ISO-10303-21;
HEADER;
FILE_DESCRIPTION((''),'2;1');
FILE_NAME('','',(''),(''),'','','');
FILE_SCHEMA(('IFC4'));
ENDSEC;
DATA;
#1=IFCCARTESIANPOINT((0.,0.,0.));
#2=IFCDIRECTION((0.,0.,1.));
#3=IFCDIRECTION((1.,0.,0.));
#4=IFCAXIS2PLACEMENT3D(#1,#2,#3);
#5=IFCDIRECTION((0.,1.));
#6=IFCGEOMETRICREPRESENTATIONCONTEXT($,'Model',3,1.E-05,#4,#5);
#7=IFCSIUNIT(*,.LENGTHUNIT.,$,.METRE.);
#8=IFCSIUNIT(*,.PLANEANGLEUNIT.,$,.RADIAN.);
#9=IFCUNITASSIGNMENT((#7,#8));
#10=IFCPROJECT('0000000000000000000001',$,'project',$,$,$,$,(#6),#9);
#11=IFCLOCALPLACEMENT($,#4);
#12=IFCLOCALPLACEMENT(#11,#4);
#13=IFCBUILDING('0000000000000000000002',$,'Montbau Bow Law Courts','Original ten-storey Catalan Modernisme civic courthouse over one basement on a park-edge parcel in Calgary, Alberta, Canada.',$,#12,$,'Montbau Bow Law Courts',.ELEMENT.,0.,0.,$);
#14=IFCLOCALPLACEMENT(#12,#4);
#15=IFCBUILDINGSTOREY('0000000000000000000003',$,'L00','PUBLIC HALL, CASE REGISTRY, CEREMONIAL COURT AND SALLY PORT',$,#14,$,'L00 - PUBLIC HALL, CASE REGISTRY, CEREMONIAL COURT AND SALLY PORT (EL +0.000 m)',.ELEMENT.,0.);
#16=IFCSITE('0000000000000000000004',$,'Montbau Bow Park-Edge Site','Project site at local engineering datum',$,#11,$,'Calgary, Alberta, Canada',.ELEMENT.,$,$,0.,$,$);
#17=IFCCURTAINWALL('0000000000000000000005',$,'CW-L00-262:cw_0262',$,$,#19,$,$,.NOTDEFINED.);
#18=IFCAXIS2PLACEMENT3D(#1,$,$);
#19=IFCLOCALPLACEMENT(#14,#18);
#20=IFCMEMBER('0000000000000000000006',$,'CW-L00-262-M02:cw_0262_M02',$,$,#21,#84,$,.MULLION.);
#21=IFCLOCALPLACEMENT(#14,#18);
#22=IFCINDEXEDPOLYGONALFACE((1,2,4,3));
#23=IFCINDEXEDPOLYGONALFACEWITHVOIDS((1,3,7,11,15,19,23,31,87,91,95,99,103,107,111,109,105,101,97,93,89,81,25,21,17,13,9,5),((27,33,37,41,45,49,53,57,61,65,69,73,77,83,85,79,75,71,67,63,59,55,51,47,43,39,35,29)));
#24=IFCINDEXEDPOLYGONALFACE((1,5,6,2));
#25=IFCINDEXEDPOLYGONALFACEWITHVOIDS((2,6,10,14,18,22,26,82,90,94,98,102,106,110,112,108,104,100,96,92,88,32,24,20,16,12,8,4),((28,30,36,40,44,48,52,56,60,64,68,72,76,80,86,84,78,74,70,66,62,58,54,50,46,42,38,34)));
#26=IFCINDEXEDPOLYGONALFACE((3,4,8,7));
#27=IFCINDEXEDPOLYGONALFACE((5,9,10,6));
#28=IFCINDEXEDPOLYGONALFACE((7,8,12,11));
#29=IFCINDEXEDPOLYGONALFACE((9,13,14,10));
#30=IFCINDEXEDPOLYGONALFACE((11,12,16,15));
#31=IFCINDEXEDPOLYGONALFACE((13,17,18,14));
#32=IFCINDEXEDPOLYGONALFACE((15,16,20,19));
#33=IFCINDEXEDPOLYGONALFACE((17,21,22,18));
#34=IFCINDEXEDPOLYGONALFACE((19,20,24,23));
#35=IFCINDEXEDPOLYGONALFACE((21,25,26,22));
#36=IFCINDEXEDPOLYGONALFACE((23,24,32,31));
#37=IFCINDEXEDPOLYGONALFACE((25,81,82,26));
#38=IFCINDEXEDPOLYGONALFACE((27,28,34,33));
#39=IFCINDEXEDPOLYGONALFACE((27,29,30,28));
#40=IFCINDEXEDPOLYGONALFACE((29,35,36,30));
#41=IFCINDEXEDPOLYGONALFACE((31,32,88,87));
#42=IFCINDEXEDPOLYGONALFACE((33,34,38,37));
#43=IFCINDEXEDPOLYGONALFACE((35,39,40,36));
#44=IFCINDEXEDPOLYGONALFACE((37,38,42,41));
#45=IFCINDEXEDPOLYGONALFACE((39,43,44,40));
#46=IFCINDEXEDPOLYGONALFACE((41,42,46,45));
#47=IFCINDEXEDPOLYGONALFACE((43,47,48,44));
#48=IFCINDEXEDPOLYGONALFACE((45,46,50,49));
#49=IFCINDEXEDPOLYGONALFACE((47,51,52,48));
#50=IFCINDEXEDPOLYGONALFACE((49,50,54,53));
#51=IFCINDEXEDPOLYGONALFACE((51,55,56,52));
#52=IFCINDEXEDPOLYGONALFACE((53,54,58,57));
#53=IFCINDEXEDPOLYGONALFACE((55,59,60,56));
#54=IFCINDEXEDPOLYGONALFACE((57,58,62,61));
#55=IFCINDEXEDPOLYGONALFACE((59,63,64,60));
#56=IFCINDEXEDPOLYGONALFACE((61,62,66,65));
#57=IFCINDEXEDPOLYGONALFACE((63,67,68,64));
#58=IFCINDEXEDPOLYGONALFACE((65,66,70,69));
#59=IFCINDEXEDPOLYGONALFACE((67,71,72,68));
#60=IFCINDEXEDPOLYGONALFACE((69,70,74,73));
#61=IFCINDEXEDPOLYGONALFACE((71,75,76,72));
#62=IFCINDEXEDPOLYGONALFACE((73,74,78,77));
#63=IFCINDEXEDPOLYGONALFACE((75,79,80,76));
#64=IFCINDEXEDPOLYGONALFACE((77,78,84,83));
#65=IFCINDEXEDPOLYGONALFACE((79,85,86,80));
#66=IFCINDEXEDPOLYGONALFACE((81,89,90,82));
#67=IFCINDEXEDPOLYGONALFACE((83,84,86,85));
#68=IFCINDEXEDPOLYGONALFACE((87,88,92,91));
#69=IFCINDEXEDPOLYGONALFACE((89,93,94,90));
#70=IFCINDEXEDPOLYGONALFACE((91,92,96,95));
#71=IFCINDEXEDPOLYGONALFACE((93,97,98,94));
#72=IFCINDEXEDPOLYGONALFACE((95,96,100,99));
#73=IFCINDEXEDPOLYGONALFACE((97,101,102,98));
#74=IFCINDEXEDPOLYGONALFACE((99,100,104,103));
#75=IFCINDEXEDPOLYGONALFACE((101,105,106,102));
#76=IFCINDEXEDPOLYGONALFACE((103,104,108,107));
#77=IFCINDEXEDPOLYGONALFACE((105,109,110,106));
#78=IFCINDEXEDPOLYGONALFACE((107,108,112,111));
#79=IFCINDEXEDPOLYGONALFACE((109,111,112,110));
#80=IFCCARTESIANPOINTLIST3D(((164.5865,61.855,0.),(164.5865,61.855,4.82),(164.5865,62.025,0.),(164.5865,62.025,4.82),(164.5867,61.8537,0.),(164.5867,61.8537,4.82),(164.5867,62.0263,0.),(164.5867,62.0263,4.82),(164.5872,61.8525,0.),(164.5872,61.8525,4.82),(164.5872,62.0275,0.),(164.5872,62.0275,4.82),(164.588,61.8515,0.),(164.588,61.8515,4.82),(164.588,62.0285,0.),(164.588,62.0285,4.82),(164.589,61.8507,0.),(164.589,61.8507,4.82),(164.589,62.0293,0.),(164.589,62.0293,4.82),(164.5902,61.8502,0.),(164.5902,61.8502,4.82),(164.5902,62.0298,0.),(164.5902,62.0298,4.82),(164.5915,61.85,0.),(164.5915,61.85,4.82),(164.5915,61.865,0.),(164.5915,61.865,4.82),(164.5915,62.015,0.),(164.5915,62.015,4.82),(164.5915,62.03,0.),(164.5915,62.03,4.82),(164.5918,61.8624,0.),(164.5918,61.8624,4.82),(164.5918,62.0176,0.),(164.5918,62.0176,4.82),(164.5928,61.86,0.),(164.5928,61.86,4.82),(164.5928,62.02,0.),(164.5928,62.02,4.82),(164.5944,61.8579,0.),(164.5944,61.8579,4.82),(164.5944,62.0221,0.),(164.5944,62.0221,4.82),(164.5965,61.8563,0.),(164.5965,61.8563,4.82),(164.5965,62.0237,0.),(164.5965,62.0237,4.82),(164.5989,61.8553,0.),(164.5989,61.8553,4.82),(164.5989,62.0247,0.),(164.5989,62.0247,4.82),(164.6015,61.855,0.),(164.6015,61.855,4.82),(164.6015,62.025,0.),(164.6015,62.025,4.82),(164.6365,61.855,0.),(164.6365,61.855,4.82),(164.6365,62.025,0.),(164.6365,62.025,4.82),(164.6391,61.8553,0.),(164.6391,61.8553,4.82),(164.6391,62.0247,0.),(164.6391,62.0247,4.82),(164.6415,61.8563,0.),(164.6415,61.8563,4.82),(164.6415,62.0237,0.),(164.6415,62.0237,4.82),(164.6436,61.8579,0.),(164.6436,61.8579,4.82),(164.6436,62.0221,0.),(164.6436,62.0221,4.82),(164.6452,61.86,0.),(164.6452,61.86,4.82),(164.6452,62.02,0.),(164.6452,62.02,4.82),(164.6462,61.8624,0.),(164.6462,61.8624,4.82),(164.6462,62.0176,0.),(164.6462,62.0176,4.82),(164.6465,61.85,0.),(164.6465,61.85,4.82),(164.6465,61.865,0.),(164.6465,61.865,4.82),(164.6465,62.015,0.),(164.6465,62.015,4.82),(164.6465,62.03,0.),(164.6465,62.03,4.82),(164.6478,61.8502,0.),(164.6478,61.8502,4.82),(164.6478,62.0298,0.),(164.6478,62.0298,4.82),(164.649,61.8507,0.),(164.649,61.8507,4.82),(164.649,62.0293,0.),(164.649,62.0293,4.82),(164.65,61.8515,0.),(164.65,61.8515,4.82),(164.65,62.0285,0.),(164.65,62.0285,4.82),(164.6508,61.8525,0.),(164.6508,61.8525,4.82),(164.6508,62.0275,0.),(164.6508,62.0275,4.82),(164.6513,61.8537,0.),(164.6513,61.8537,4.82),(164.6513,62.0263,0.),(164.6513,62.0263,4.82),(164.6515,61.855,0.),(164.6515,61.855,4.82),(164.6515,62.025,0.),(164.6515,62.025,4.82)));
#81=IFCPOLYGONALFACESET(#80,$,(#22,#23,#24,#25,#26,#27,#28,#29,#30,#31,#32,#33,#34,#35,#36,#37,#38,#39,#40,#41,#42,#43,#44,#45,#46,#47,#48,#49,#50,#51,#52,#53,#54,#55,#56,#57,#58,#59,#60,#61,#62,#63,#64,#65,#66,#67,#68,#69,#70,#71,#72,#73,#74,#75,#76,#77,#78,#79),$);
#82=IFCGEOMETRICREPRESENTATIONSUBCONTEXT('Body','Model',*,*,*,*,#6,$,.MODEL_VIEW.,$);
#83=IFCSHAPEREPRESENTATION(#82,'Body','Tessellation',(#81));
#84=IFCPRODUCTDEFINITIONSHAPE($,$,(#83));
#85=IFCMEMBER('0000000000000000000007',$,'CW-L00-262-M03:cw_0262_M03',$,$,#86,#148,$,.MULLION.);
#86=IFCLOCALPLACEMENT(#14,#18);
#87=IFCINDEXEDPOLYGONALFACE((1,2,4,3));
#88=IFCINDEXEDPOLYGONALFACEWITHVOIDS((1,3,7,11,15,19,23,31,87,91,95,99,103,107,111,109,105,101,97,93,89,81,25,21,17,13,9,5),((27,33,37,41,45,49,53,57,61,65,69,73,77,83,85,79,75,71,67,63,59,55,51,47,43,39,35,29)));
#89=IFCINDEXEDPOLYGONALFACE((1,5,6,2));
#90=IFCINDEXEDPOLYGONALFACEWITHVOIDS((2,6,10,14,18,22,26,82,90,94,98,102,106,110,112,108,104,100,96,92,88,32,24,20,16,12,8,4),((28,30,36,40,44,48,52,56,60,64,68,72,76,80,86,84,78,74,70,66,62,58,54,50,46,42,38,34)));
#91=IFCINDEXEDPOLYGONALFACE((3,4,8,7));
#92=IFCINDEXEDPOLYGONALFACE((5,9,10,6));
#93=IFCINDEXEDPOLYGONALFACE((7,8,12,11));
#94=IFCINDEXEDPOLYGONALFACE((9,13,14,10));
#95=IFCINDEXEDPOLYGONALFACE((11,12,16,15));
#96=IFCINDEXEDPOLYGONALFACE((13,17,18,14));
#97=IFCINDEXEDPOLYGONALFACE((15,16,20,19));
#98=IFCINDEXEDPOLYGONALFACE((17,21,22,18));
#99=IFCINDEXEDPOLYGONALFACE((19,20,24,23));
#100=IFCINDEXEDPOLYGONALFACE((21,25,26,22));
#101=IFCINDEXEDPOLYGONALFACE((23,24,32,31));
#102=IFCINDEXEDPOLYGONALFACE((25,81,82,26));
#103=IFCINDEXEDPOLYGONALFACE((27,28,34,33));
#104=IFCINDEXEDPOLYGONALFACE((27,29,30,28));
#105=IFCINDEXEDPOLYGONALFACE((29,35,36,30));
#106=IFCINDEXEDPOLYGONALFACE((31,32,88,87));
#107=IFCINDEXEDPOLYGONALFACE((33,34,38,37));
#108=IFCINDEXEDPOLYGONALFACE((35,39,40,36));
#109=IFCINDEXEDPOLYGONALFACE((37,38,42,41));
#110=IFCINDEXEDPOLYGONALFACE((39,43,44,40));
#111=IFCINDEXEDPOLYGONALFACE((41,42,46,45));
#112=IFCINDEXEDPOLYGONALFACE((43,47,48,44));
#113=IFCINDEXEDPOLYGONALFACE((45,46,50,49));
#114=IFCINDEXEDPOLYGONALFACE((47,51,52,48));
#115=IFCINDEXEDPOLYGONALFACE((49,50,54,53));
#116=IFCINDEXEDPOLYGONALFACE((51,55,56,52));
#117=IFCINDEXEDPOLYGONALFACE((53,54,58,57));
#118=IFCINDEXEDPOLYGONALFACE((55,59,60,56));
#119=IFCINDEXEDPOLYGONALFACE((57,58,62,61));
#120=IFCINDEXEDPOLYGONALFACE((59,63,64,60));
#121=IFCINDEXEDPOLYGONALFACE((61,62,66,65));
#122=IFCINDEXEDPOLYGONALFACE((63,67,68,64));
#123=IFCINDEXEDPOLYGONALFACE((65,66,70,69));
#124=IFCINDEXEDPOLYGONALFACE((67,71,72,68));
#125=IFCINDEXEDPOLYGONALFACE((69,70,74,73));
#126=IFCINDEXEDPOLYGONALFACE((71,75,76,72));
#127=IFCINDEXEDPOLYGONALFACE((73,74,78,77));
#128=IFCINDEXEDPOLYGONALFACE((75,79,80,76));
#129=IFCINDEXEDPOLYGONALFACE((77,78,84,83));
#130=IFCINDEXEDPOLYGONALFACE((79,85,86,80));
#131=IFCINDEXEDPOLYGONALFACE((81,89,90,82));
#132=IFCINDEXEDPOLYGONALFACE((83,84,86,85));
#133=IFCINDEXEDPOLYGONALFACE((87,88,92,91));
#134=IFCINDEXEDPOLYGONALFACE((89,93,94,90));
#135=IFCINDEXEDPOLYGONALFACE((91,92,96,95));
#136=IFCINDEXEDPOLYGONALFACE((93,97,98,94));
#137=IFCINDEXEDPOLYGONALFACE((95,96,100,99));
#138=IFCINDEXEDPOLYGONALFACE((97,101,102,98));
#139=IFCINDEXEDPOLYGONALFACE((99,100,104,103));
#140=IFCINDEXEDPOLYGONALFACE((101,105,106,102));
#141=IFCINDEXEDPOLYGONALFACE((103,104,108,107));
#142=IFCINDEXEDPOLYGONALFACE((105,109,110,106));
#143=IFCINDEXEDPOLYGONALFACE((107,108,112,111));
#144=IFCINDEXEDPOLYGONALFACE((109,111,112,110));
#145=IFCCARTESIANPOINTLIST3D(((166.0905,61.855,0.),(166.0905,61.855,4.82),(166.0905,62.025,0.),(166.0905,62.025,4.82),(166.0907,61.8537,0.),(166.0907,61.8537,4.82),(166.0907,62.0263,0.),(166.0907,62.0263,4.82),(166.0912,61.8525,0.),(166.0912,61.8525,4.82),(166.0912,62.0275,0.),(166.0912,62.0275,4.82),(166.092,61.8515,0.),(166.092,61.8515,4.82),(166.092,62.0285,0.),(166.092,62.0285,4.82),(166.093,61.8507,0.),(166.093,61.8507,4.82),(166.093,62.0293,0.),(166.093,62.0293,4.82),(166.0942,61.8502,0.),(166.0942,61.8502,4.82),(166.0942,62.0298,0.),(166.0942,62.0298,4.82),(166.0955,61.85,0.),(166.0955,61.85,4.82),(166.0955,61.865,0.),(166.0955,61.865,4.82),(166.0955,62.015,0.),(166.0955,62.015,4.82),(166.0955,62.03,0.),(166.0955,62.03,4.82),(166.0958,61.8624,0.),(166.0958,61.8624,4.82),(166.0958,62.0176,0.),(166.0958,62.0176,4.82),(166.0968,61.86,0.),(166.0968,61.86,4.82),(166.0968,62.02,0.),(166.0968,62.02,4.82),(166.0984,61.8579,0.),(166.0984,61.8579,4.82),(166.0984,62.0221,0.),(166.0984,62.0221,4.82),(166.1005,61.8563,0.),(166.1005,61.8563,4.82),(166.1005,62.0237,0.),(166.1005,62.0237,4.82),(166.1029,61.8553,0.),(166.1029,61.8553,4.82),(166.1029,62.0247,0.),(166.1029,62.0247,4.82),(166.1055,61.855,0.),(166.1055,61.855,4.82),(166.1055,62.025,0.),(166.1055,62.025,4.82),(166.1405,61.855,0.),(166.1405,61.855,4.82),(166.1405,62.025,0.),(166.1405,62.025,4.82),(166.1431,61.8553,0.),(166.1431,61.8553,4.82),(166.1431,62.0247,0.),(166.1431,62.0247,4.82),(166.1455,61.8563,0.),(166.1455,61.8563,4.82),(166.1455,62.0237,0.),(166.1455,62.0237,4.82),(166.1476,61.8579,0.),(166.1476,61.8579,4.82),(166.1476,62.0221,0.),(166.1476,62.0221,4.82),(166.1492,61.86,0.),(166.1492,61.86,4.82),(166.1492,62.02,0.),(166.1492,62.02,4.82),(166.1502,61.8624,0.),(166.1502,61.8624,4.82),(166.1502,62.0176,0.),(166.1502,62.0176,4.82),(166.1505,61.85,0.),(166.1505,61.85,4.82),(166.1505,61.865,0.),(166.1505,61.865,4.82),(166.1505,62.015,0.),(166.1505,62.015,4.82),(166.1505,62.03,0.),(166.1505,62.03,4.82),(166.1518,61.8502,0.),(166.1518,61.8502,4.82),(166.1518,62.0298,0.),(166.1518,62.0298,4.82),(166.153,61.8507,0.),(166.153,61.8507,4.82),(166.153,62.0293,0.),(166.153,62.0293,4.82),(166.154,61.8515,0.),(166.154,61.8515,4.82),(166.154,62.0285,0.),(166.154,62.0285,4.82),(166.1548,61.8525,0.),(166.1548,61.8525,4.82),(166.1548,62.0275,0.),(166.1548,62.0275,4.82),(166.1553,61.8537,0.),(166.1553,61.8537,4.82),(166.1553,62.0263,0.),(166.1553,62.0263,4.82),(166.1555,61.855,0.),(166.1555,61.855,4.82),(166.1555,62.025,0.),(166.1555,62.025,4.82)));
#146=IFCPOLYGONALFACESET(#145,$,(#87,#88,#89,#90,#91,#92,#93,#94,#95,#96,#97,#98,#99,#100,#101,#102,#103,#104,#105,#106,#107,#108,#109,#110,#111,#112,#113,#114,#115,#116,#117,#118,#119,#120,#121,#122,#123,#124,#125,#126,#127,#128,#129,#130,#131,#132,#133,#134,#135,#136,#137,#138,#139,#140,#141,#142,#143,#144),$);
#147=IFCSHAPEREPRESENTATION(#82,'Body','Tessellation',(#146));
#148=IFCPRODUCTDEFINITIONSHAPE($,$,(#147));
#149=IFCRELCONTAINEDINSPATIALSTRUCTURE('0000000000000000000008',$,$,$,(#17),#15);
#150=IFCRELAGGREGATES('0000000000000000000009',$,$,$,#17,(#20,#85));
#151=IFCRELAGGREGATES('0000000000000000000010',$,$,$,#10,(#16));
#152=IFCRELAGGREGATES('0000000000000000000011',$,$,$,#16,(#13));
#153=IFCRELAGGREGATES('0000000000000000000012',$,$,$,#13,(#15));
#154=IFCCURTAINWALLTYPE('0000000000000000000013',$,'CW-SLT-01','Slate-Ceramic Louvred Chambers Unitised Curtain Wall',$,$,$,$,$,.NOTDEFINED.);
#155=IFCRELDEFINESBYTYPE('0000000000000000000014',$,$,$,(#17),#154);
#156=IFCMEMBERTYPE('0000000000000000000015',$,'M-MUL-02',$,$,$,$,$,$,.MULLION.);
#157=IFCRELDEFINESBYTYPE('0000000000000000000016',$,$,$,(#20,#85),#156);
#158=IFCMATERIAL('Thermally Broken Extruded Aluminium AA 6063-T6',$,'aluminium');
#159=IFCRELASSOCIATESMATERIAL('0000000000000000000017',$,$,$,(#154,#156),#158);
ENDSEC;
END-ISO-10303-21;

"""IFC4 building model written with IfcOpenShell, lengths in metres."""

from ifc_helpers import new_model, si_unit, direction, frame, origin_with_axes, origin_2d_with_axis, place, context, subcontext, project, spatial, hollow_rectangle, extrude, material, material_profile, profile_set, type_object, element, aggregate, save


model = new_model("IFC4")

# Units and contexts
model_context = context("Model", 3, precision=1e-05, world=origin_with_axes(), true_north=direction((0.0, 1.0)))
body_context = subcontext(model_context, "Body", "Model", "MODEL_VIEW")
ifc_project = project(units=[si_unit("LENGTHUNIT", "METRE"), si_unit("PLANEANGLEUNIT", "RADIAN")], contexts=[model_context])

# Site, building, storey
site_placement = place(None, origin_with_axes())
site = spatial("IfcSite", under=ifc_project, at=site_placement, Name="Montbau Bow Park-Edge Site", Description="Project site at local engineering datum", LongName="Calgary, Alberta, Canada", CompositionType="ELEMENT", RefElevation=0.0)
building_placement = place(site_placement, origin_with_axes())
building = spatial("IfcBuilding", under=site, at=building_placement, Name="Montbau Bow Law Courts", Description="Original ten-storey Catalan Modernisme civic courthouse over one basement on a park-edge parcel in Calgary, Alberta, Canada.", LongName="Montbau Bow Law Courts", CompositionType="ELEMENT", ElevationOfRefHeight=0.0, ElevationOfTerrain=0.0)
storey_placement = place(building_placement, origin_with_axes())
storey = spatial("IfcBuildingStorey", under=building, at=storey_placement, Name="L00", Description="PUBLIC HALL, CASE REGISTRY, CEREMONIAL COURT AND SALLY PORT", LongName="L00 - PUBLIC HALL, CASE REGISTRY, CEREMONIAL COURT AND SALLY PORT (EL +0.000 m)", CompositionType="ELEMENT", Elevation=0.0)

# Shared definitions
ifc_material_1 = material(Name="Thermally Broken Extruded Aluminium AA 6063-T6", Category="aluminium")
curtain_wall_type = type_object("IfcCurtainWallType", Name="CW-SLT-01", Description="Slate-Ceramic Louvred Chambers Unitised Curtain Wall", PredefinedType="NOTDEFINED", material=ifc_material_1)

# Curtain wall, members
curtain_wall_1_placement = place(None, frame((163.115, 61.94, 0.0), z_axis=(0.0, 0.0, 1.0), x_axis=(1.0, 0.0, 0.0)))
curtain_wall_1 = element("IfcCurtainWall", 1, at=curtain_wall_1_placement, inside=storey, type_object=curtain_wall_type, Name="CW-L00-262:cw_0262", PredefinedType="NOTDEFINED")
ifc_material_profile_1 = material_profile(ifc_material_1, hollow_rectangle(XDim=0.065, YDim=0.18, WallThickness=0.005, InnerFilletRadius=0.01, OuterFilletRadius=0.005, at=origin_2d_with_axis()), Name="CWM-180X65", Category="Main", Priority=0)
ifc_profile_set_1 = profile_set([ifc_material_profile_1], Name="Thermally Broken Extruded Aluminium AA 6063-T6")
member_type_1 = type_object("IfcMemberType", Name="M-MUL-02", PredefinedType="MULLION", material=ifc_profile_set_1)
member_1_placement = place(None, frame((164.619, 61.94, 0.0), z_axis=(0.0, 0.0, 1.0), x_axis=(1.0, 0.0, 0.0)))
member_1 = element("IfcMember", 2, at=member_1_placement, type_object=member_type_1, Name="CW-L00-262-M02:cw_0262_M02", PredefinedType="MULLION", context=body_context, shape_type="SweptSolid", body=[
    extrude(hollow_rectangle(XDim=0.065, YDim=0.18, WallThickness=0.005, InnerFilletRadius=0.01, OuterFilletRadius=0.005, at=origin_2d_with_axis()), origin_with_axes(), (0.0, 0.0, 1.0), 4.82),
])
member_2_placement = place(None, frame((166.123, 61.94, 0.0), z_axis=(0.0, 0.0, 1.0), x_axis=(1.0, 0.0, 0.0)))
member_2 = element("IfcMember", 3, at=member_2_placement, type_object=member_type_1, Name="CW-L00-262-M03:cw_0262_M03", PredefinedType="MULLION", context=body_context, shape_type="SweptSolid", body=[
    extrude(hollow_rectangle(XDim=0.065, YDim=0.18, WallThickness=0.005, InnerFilletRadius=0.01, OuterFilletRadius=0.005, at=origin_2d_with_axis()), origin_with_axes(), (0.0, 0.0, 1.0), 4.82),
])

aggregate(curtain_wall_1, [member_1, member_2])

save(model, "model.ifc")
